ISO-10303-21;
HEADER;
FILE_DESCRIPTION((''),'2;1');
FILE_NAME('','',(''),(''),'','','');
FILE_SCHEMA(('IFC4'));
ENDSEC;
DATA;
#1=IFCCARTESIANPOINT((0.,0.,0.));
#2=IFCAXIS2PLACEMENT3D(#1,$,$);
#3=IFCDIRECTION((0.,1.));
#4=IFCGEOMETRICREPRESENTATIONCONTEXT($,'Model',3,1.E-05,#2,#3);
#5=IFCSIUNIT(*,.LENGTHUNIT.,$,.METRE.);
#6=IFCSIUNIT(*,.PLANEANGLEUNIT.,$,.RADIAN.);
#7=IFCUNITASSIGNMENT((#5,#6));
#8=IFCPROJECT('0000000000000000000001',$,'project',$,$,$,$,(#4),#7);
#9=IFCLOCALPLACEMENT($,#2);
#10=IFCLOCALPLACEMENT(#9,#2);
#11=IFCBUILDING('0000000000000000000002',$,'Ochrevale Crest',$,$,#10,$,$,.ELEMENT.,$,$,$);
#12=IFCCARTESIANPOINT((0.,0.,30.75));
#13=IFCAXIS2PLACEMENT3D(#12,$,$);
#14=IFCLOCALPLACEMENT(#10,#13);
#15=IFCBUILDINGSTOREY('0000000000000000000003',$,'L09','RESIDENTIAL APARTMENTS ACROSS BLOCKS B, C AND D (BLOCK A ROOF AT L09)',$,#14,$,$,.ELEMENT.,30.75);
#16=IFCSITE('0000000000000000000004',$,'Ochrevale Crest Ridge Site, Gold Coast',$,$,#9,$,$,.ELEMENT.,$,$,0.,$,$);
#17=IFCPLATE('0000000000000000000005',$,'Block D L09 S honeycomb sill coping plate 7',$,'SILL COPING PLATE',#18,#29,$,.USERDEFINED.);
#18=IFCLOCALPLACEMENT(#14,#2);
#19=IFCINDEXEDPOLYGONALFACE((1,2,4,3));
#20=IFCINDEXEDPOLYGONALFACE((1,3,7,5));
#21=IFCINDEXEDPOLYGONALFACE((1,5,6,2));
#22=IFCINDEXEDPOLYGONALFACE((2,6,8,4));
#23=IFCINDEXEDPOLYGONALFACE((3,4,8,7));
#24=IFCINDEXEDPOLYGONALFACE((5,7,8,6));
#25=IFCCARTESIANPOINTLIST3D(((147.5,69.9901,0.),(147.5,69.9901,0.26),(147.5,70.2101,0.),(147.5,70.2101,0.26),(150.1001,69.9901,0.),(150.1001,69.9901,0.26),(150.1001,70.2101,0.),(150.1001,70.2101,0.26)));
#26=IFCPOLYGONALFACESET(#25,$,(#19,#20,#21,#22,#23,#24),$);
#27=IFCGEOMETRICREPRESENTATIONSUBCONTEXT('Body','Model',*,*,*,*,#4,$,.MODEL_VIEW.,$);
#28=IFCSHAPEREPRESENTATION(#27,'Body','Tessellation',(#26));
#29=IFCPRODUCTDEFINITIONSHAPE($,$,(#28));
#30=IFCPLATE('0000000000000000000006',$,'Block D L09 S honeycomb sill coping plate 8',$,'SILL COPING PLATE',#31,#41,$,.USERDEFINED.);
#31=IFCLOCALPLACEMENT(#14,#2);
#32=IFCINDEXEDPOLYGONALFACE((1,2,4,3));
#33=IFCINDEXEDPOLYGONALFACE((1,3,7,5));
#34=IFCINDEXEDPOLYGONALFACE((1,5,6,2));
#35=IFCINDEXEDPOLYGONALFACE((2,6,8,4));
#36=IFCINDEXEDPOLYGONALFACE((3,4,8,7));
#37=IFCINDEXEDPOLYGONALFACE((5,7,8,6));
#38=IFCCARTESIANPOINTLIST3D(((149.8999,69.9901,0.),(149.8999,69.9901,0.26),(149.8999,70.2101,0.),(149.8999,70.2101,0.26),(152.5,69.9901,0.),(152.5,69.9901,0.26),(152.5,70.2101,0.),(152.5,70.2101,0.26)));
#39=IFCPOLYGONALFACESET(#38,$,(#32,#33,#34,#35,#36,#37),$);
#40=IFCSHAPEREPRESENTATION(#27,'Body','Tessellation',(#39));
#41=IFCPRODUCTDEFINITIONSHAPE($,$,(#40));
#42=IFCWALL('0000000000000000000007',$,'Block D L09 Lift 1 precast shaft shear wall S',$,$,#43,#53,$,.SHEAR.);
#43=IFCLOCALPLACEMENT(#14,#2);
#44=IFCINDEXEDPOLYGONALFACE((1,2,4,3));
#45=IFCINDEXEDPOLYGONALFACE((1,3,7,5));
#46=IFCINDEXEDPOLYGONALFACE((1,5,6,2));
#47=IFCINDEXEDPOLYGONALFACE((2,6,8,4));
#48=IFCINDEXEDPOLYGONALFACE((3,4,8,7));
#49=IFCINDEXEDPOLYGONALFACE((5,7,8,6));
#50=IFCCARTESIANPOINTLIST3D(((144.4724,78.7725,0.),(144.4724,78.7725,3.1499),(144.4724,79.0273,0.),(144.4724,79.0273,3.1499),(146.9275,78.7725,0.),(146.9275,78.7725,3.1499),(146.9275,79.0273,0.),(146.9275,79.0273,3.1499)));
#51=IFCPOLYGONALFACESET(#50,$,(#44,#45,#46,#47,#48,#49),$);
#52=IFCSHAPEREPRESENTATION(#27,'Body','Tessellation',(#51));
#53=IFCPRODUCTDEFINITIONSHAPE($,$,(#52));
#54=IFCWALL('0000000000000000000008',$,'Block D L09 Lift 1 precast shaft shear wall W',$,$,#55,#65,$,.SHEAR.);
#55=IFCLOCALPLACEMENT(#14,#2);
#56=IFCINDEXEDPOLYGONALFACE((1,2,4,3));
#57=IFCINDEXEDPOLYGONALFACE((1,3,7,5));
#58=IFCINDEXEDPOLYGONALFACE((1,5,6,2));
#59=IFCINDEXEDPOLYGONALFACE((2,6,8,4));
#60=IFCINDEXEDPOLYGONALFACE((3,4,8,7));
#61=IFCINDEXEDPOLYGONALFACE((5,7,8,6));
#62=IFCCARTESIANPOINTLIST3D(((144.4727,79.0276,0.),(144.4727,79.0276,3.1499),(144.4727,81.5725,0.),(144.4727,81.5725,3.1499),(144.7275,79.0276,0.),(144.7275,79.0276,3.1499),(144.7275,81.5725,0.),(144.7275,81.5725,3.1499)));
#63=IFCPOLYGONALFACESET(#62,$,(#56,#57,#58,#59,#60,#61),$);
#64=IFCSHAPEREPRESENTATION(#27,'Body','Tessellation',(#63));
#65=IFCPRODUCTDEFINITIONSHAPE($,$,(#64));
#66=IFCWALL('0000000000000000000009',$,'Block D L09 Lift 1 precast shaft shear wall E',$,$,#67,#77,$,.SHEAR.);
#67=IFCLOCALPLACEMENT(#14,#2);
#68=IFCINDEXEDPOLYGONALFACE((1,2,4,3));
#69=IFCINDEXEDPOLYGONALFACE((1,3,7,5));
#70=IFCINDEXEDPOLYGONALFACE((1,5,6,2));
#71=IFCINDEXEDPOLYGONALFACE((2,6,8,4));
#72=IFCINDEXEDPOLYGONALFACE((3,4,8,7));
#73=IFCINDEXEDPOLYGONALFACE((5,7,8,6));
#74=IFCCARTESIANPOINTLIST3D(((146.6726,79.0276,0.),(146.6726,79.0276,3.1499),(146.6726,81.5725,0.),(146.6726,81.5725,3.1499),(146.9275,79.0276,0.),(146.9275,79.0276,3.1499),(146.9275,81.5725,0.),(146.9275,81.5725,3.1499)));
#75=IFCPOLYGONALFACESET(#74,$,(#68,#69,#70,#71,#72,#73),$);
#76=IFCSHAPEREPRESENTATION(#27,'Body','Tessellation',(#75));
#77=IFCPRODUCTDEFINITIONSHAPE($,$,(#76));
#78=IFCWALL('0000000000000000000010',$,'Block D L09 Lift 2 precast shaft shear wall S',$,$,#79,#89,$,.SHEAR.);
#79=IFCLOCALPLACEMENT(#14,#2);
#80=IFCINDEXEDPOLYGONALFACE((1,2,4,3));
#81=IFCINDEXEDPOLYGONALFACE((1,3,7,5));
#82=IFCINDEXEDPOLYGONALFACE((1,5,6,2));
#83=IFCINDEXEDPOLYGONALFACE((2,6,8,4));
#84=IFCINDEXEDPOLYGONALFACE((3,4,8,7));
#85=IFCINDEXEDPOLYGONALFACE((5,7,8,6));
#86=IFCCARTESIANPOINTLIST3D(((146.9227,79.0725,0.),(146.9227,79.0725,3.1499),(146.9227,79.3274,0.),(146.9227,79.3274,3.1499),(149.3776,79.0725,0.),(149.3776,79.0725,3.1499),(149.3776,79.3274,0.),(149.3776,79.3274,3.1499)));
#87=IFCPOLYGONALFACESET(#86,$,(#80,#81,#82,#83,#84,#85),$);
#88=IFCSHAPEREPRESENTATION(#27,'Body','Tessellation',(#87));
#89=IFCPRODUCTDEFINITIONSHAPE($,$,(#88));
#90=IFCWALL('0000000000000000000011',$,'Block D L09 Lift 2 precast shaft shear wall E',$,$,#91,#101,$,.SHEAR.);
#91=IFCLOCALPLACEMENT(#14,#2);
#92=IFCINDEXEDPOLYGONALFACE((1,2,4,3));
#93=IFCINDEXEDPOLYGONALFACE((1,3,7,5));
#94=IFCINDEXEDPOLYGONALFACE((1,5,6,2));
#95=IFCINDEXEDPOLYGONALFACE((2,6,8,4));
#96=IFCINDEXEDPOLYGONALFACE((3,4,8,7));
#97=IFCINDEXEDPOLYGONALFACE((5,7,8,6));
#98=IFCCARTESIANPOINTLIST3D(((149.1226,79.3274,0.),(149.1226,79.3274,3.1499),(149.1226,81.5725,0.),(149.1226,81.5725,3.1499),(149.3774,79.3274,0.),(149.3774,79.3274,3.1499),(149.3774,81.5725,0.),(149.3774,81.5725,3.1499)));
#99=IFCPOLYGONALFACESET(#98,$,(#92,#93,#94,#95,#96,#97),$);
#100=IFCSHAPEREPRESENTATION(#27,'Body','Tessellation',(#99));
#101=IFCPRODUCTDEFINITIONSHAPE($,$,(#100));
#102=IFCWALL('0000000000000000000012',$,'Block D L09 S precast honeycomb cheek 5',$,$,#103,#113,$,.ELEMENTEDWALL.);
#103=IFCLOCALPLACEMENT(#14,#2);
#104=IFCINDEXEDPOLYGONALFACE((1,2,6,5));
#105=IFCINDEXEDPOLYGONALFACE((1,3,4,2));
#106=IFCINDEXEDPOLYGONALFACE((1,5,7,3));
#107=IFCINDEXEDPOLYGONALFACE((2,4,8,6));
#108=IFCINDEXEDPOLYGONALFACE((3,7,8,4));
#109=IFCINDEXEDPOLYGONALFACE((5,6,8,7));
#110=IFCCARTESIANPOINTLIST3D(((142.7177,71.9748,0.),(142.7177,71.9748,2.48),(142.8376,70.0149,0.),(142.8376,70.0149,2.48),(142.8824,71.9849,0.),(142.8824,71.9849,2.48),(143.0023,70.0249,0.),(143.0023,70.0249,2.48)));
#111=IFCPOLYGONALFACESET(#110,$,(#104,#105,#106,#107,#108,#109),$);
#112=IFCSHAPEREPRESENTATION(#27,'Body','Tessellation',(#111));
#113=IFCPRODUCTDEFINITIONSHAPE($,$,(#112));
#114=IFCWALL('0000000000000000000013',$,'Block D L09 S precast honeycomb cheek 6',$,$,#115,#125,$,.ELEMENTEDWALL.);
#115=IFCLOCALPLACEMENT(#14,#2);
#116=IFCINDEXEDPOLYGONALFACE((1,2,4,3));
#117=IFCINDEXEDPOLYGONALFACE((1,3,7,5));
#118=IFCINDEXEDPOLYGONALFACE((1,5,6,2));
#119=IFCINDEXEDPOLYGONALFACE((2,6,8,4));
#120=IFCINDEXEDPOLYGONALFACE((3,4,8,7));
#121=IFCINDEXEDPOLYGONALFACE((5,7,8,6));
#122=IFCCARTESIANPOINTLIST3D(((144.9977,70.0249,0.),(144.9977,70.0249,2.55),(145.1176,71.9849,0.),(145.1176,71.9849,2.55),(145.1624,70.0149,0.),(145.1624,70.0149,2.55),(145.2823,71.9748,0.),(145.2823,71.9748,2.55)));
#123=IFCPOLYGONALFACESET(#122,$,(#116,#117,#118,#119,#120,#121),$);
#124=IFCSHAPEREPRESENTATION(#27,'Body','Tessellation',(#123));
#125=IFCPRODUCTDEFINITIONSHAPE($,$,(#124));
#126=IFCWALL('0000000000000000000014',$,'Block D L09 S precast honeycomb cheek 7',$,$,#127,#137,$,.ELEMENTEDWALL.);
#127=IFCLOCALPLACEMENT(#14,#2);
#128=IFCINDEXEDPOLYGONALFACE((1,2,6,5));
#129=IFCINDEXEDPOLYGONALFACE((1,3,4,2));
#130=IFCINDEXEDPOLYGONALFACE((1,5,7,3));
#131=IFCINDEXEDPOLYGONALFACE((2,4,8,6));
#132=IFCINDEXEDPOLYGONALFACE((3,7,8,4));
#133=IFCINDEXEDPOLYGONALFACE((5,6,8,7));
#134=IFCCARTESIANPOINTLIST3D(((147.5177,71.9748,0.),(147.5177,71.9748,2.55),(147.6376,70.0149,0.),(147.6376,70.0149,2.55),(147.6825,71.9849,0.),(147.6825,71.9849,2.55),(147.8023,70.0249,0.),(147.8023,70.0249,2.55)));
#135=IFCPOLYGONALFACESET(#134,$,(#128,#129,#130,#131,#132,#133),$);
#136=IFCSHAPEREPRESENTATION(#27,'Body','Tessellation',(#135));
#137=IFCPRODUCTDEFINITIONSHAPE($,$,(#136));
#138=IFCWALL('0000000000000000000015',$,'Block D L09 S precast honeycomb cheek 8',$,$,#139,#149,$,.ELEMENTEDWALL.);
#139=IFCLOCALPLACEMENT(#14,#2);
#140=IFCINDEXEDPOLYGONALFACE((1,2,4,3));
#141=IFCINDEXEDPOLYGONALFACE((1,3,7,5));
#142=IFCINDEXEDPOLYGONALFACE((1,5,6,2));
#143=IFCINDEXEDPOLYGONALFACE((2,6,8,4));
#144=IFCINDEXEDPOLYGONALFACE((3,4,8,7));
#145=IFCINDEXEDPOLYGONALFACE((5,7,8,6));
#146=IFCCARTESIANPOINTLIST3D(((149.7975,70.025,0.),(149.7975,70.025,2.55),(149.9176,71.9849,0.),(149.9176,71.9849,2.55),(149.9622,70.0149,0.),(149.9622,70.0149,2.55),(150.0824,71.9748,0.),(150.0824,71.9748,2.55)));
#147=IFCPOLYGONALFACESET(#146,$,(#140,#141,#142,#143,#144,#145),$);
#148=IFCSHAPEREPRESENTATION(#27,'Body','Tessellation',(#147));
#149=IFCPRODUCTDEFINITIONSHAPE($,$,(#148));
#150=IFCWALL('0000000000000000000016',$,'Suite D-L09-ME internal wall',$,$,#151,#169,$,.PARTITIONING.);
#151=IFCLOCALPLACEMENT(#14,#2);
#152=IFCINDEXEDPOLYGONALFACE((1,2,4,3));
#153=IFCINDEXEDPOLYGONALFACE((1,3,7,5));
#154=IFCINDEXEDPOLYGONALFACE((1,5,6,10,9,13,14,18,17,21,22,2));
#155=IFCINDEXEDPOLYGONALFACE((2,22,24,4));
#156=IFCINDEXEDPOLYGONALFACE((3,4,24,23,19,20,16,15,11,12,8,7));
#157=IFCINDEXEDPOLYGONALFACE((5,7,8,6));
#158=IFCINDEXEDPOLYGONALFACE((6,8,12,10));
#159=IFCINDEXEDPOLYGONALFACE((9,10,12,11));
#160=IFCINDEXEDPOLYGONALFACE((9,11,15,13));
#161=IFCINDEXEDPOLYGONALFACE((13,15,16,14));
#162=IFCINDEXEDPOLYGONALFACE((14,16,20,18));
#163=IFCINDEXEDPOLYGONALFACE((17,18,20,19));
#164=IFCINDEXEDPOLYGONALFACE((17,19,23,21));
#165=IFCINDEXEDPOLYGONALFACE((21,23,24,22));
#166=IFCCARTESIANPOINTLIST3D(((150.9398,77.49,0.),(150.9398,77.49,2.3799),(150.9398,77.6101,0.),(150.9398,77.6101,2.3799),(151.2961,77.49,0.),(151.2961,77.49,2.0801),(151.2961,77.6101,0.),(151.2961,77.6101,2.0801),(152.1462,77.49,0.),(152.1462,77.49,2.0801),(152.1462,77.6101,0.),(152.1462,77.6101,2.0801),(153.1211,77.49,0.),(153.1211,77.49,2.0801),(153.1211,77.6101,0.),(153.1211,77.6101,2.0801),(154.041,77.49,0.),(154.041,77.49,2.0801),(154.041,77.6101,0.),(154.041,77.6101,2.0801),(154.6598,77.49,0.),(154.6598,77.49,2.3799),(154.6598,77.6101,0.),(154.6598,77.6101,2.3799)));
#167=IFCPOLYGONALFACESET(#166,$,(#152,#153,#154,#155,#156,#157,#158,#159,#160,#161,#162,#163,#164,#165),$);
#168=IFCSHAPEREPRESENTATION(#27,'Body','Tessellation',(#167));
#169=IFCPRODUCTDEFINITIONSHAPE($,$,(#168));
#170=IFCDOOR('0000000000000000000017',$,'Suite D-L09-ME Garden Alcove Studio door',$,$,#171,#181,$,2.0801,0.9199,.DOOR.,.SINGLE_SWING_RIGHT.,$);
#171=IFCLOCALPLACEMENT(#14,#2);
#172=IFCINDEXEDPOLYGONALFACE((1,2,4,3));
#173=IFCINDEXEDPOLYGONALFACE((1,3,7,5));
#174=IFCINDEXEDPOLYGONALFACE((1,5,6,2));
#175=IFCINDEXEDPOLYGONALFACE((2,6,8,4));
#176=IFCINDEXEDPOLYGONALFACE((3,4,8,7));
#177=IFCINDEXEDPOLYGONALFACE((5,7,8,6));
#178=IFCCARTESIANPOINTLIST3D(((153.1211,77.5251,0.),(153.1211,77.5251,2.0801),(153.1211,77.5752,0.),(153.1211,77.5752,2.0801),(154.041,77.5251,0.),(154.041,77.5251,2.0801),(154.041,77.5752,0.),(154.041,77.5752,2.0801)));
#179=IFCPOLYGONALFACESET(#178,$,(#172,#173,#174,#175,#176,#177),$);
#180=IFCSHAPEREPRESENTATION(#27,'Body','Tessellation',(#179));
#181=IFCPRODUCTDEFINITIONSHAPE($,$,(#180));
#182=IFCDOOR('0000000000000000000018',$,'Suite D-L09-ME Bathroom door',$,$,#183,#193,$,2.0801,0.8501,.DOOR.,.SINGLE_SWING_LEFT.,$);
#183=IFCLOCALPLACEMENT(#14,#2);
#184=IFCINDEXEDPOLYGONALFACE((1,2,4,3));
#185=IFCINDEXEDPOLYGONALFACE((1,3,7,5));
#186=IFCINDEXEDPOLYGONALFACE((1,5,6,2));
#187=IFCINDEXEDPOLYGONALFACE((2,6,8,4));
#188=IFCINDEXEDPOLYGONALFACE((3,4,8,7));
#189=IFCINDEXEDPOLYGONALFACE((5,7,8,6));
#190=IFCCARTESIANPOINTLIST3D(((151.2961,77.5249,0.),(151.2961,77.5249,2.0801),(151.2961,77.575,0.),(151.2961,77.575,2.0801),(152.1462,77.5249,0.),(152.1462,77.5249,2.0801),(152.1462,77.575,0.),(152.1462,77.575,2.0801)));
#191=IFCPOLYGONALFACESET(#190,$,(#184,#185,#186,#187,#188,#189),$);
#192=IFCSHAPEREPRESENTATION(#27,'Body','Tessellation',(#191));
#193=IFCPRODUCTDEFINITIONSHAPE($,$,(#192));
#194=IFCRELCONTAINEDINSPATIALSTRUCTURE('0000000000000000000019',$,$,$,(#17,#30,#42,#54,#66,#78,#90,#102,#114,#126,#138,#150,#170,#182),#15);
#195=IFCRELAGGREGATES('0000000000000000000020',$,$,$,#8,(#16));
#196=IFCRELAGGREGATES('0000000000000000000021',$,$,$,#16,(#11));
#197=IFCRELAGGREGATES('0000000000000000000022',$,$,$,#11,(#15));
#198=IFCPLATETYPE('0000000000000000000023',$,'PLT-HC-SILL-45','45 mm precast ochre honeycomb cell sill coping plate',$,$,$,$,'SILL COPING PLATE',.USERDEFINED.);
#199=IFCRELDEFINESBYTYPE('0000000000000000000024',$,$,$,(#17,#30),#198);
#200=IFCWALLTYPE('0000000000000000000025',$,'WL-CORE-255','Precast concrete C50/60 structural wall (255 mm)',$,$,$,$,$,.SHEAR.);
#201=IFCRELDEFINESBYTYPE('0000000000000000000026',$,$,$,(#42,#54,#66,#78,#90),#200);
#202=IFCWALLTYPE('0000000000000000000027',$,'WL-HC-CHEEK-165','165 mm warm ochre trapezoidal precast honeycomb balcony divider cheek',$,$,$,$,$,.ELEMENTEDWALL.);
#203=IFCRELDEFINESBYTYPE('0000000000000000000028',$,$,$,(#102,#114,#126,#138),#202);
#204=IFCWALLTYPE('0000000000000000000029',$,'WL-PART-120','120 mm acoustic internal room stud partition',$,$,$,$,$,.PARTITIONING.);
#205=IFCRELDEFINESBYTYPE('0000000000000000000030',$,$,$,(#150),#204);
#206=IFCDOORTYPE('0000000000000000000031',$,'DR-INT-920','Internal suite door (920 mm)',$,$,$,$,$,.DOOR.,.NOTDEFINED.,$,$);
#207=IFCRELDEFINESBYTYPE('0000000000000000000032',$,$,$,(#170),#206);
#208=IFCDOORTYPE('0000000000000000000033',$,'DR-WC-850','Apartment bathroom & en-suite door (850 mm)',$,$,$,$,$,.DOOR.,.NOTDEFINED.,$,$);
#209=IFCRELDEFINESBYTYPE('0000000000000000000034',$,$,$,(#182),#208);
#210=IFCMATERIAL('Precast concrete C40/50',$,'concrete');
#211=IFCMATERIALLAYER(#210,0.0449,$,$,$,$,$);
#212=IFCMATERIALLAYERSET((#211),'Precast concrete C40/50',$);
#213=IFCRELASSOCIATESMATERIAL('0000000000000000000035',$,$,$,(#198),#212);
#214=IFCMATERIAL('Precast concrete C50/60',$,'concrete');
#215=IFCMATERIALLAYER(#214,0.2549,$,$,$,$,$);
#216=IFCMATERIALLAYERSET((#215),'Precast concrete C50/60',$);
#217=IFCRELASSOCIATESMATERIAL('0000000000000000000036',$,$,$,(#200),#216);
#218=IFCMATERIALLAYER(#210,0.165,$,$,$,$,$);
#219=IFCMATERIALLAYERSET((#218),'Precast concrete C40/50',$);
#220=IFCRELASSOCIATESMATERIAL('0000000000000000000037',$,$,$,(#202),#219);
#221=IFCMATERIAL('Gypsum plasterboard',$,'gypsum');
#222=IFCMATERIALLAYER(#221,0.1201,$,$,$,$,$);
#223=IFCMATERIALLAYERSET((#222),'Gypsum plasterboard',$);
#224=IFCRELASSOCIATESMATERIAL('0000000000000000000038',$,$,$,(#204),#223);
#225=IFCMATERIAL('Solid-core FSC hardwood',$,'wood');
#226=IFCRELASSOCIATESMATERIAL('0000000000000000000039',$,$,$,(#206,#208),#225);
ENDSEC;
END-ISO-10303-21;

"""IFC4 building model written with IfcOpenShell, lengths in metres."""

from ifc_helpers import new_model, si_unit, direction, frame, frame_2d, origin, origin_2d, place, context, subcontext, project, spatial, rectangle, extrude, material, layer, layer_set, type_object, element, fill, save


model = new_model("IFC4")

# Units and contexts
model_context = context("Model", 3, precision=1e-05, world=origin(), true_north=direction((0.0, 1.0)))
body_context = subcontext(model_context, "Body", "Model", "MODEL_VIEW")
ifc_project = project(units=[si_unit("LENGTHUNIT", "METRE"), si_unit("PLANEANGLEUNIT", "RADIAN")], contexts=[model_context])

# Site, building, storey
site_placement = place(None, origin())
site = spatial("IfcSite", under=ifc_project, at=site_placement, Name="Ochrevale Crest Ridge Site, Gold Coast", CompositionType="ELEMENT", RefElevation=0.0)
building_placement = place(site_placement, origin())
building = spatial("IfcBuilding", under=site, at=building_placement, Name="Ochrevale Crest", CompositionType="ELEMENT")
storey_placement = place(building_placement, frame((0.0, 0.0, 30.75)))
storey = spatial("IfcBuildingStorey", under=building, at=storey_placement, Name="L09", Description="RESIDENTIAL APARTMENTS ACROSS BLOCKS B, C AND D (BLOCK A ROOF AT L09)", CompositionType="ELEMENT", Elevation=30.75)

# Shared definitions
ifc_material_1 = material(Name="Precast concrete C40/50", Category="concrete")
ifc_material_2 = material(Name="Precast concrete C50/60", Category="concrete")

# Plates
ifc_layer_1 = layer(ifc_material_1, 0.0449)
ifc_layer_set_1 = layer_set([ifc_layer_1], Name="Precast concrete C40/50")
plate_type_1 = type_object("IfcPlateType", Name="PLT-HC-SILL-45", Description="45 mm precast ochre honeycomb cell sill coping plate", ElementType="SILL COPING PLATE", PredefinedType="USERDEFINED", material=ifc_layer_set_1)
for number, where, z_axis, x_axis, name in (
    (1, (148.8, 70.1001, 0.0), (0.0, 0.0, 1.0), (1.0, 0.0, 0.0), "Block D L09 S honeycomb sill coping plate 7"),
    (2, (151.2, 70.1001, 0.0), (0.0, 0.0, 1.0), (1.0, 0.0, 0.0), "Block D L09 S honeycomb sill coping plate 8"),
):
    element("IfcPlate", number, at=place(storey_placement, frame(where, z_axis=z_axis, x_axis=x_axis)), inside=storey, type_object=plate_type_1, Name=name, ObjectType="SILL COPING PLATE", PredefinedType="USERDEFINED", context=body_context, shape_type="SweptSolid", body=[
        extrude(rectangle(XDim=2.6001, YDim=0.22, at=origin_2d()), origin(), (0.0, 0.0, 1.0), 0.26),
    ])

# Walls
ifc_layer_2 = layer(ifc_material_2, 0.2549)
ifc_layer_set_2 = layer_set([ifc_layer_2], Name="Precast concrete C50/60")
wall_type_1 = type_object("IfcWallType", Name="WL-CORE-255", Description="Precast concrete C50/60 structural wall (255 mm)", PredefinedType="SHEAR", material=ifc_layer_set_2)
wall_1_placement = place(storey_placement, frame((144.4724, 78.8999, 0.0), z_axis=(0.0, 0.0, 1.0), x_axis=(1.0, 0.0, 0.0)))
element("IfcWall", 3, at=wall_1_placement, inside=storey, type_object=wall_type_1, Name="Block D L09 Lift 1 precast shaft shear wall S", PredefinedType="SHEAR", context=body_context, shape_type="SweptSolid", body=[
    extrude(rectangle(XDim=2.4551, YDim=0.2549, at=frame_2d((1.2275, 0.0))), origin(), (0.0, 0.0, 1.0), 3.1499),
])
for number, where, z_axis, x_axis, name in (
    (4, (144.6001, 79.0276, 0.0), (0.0, 0.0, 1.0), (0.0, 1.0, 0.0), "Block D L09 Lift 1 precast shaft shear wall W"),
    (5, (146.8, 79.0276, 0.0), (0.0, 0.0, 1.0), (0.0, 1.0, 0.0), "Block D L09 Lift 1 precast shaft shear wall E"),
):
    element("IfcWall", number, at=place(storey_placement, frame(where, z_axis=z_axis, x_axis=x_axis)), inside=storey, type_object=wall_type_1, Name=name, PredefinedType="SHEAR", context=body_context, shape_type="SweptSolid", body=[
        extrude(rectangle(XDim=2.5449, YDim=0.2549, at=frame_2d((1.2725, 0.0))), origin(), (0.0, 0.0, 1.0), 3.1499),
    ])
wall_2_placement = place(storey_placement, frame((146.9226, 79.2, 0.0), z_axis=(0.0, 0.0, 1.0), x_axis=(1.0, 0.0, 0.0)))
element("IfcWall", 6, at=wall_2_placement, inside=storey, type_object=wall_type_1, Name="Block D L09 Lift 2 precast shaft shear wall S", PredefinedType="SHEAR", context=body_context, shape_type="SweptSolid", body=[
    extrude(rectangle(XDim=2.4548, YDim=0.2549, at=frame_2d((1.2275, 0.0))), origin(), (0.0, 0.0, 1.0), 3.1499),
])
wall_3_placement = place(storey_placement, frame((149.25, 79.3274, 0.0), z_axis=(0.0, 0.0, 1.0), x_axis=(0.0, 1.0, 0.0)))
element("IfcWall", 7, at=wall_3_placement, inside=storey, type_object=wall_type_1, Name="Block D L09 Lift 2 precast shaft shear wall E", PredefinedType="SHEAR", context=body_context, shape_type="SweptSolid", body=[
    extrude(rectangle(XDim=2.2451, YDim=0.2549, at=frame_2d((1.1226, 0.0))), origin(), (0.0, 0.0, 1.0), 3.1499),
])
ifc_layer_3 = layer(ifc_material_1, 0.165)
ifc_layer_set_3 = layer_set([ifc_layer_3], Name="Precast concrete C40/50")
wall_type_2 = type_object("IfcWallType", Name="WL-HC-CHEEK-165", Description="165 mm warm ochre trapezoidal precast honeycomb balcony divider cheek", PredefinedType="ELEMENTEDWALL", material=ifc_layer_set_3)
wall_4_placement = place(storey_placement, frame((142.8, 71.98, 0.0), z_axis=(0.0, 0.0, 1.0), x_axis=(0.061047, -0.998135, 0.0)))
element("IfcWall", 8, at=wall_4_placement, inside=storey, type_object=wall_type_2, Name="Block D L09 S precast honeycomb cheek 5", PredefinedType="ELEMENTEDWALL", context=body_context, shape_type="SweptSolid", body=[
    extrude(rectangle(XDim=1.9636, YDim=0.165, at=frame_2d((0.9819, 0.0))), origin(), (0.0, 0.0, 1.0), 2.48),
])
for number, where, z_axis, x_axis, name in (
    (9, (145.2, 71.98, 0.0), (0.0, 0.0, 1.0), (-0.061047, -0.998135, 0.0), "Block D L09 S precast honeycomb cheek 6"),
    (10, (147.6001, 71.98, 0.0), (0.0, 0.0, 1.0), (0.061047, -0.998135, 0.0), "Block D L09 S precast honeycomb cheek 7"),
    (11, (150.0, 71.98, 0.0), (0.0, 0.0, 1.0), (-0.061171, -0.998127, 0.0), "Block D L09 S precast honeycomb cheek 8"),
):
    element("IfcWall", number, at=place(storey_placement, frame(where, z_axis=z_axis, x_axis=x_axis)), inside=storey, type_object=wall_type_2, Name=name, PredefinedType="ELEMENTEDWALL", context=body_context, shape_type="SweptSolid", body=[
        extrude(rectangle(XDim=1.9636, YDim=0.165, at=frame_2d((0.9819, 0.0))), origin(), (0.0, 0.0, 1.0), 2.55),
    ])

# Wall, openings, doors
ifc_material_3 = material(Name="Gypsum plasterboard", Category="gypsum")
ifc_layer_4 = layer(ifc_material_3, 0.1201)
ifc_layer_set_4 = layer_set([ifc_layer_4], Name="Gypsum plasterboard")
wall_type_3 = type_object("IfcWallType", Name="WL-PART-120", Description="120 mm acoustic internal room stud partition", PredefinedType="PARTITIONING", material=ifc_layer_set_4)
wall_5_placement = place(storey_placement, frame((150.9399, 77.55, 0.0), z_axis=(0.0, 0.0, 1.0), x_axis=(1.0, 0.0, 0.0)))
wall_5 = element("IfcWall", 12, at=wall_5_placement, inside=storey, type_object=wall_type_3, Name="Suite D-L09-ME internal wall", PredefinedType="PARTITIONING", context=body_context, shape_type="SweptSolid", body=[
    extrude(rectangle(XDim=3.72, YDim=0.1201, at=frame_2d((1.8599, 0.0))), origin(), (0.0, 0.0, 1.0), 2.3799),
])
opening_1_placement = place(wall_5_placement, frame((0.3562, 0.0, 0.0)))
opening_1 = element("IfcOpeningElement", 13, at=opening_1_placement, cuts=wall_5, PredefinedType="OPENING", context=body_context, shape_type="SweptSolid", body=[
    extrude(rectangle(XDim=0.8501, YDim=2.0801, at=frame_2d((0.425, 1.04))), frame((0.0, 0.0701, 0.0), z_axis=(0.0, -1.0, 0.0), x_axis=(1.0, 0.0, 0.0)), (0.0, 0.0, 1.0), 0.1401),
])
opening_2_placement = place(wall_5_placement, frame((3.1011, 0.0, 0.0), z_axis=(0.0, 0.0, 1.0), x_axis=(-1.0, 0.0, 0.0)))
opening_2 = element("IfcOpeningElement", 14, at=opening_2_placement, cuts=wall_5, PredefinedType="OPENING", context=body_context, shape_type="SweptSolid", body=[
    extrude(rectangle(XDim=0.9199, YDim=2.0801, at=frame_2d((0.46, 1.04))), frame((0.0, 0.0701, 0.0), z_axis=(0.0, -1.0, 0.0), x_axis=(1.0, 0.0, 0.0)), (0.0, 0.0, 1.0), 0.1401),
])
ifc_material_4 = material(Name="Solid-core FSC hardwood", Category="wood")
door_type_1 = type_object("IfcDoorType", Name="DR-INT-920", Description="Internal suite door (920 mm)", OperationType="NOTDEFINED", PredefinedType="DOOR", material=ifc_material_4)
door_1_placement = place(opening_2_placement, origin())
door_1 = element("IfcDoor", 15, at=door_1_placement, inside=storey, type_object=door_type_1, Name="Suite D-L09-ME Garden Alcove Studio door", OperationType="SINGLE_SWING_RIGHT", OverallHeight=2.0801, OverallWidth=0.9199, PredefinedType="DOOR", context=body_context, shape_type="SweptSolid", body=[
    extrude(rectangle(XDim=0.9199, YDim=2.0801, at=frame_2d((0.46, 1.04))), frame((0.0, 0.0249, 0.0), z_axis=(0.0, -1.0, 0.0), x_axis=(1.0, 0.0, 0.0)), (0.0, 0.0, 1.0), 0.05),
])
fill(opening_2, door_1)
door_type_2 = type_object("IfcDoorType", Name="DR-WC-850", Description="Apartment bathroom & en-suite door (850 mm)", OperationType="NOTDEFINED", PredefinedType="DOOR", material=ifc_material_4)
door_2_placement = place(opening_1_placement, origin())
door_2 = element("IfcDoor", 16, at=door_2_placement, inside=storey, type_object=door_type_2, Name="Suite D-L09-ME Bathroom door", OperationType="SINGLE_SWING_LEFT", OverallHeight=2.0801, OverallWidth=0.8501, PredefinedType="DOOR", context=body_context, shape_type="SweptSolid", body=[
    extrude(rectangle(XDim=0.8501, YDim=2.0801, at=frame_2d((0.425, 1.04))), frame((0.0, 0.0249, 0.0), z_axis=(0.0, -1.0, 0.0), x_axis=(1.0, 0.0, 0.0)), (0.0, 0.0, 1.0), 0.05),
])
fill(opening_1, door_2)

save(model, "model.ifc")
